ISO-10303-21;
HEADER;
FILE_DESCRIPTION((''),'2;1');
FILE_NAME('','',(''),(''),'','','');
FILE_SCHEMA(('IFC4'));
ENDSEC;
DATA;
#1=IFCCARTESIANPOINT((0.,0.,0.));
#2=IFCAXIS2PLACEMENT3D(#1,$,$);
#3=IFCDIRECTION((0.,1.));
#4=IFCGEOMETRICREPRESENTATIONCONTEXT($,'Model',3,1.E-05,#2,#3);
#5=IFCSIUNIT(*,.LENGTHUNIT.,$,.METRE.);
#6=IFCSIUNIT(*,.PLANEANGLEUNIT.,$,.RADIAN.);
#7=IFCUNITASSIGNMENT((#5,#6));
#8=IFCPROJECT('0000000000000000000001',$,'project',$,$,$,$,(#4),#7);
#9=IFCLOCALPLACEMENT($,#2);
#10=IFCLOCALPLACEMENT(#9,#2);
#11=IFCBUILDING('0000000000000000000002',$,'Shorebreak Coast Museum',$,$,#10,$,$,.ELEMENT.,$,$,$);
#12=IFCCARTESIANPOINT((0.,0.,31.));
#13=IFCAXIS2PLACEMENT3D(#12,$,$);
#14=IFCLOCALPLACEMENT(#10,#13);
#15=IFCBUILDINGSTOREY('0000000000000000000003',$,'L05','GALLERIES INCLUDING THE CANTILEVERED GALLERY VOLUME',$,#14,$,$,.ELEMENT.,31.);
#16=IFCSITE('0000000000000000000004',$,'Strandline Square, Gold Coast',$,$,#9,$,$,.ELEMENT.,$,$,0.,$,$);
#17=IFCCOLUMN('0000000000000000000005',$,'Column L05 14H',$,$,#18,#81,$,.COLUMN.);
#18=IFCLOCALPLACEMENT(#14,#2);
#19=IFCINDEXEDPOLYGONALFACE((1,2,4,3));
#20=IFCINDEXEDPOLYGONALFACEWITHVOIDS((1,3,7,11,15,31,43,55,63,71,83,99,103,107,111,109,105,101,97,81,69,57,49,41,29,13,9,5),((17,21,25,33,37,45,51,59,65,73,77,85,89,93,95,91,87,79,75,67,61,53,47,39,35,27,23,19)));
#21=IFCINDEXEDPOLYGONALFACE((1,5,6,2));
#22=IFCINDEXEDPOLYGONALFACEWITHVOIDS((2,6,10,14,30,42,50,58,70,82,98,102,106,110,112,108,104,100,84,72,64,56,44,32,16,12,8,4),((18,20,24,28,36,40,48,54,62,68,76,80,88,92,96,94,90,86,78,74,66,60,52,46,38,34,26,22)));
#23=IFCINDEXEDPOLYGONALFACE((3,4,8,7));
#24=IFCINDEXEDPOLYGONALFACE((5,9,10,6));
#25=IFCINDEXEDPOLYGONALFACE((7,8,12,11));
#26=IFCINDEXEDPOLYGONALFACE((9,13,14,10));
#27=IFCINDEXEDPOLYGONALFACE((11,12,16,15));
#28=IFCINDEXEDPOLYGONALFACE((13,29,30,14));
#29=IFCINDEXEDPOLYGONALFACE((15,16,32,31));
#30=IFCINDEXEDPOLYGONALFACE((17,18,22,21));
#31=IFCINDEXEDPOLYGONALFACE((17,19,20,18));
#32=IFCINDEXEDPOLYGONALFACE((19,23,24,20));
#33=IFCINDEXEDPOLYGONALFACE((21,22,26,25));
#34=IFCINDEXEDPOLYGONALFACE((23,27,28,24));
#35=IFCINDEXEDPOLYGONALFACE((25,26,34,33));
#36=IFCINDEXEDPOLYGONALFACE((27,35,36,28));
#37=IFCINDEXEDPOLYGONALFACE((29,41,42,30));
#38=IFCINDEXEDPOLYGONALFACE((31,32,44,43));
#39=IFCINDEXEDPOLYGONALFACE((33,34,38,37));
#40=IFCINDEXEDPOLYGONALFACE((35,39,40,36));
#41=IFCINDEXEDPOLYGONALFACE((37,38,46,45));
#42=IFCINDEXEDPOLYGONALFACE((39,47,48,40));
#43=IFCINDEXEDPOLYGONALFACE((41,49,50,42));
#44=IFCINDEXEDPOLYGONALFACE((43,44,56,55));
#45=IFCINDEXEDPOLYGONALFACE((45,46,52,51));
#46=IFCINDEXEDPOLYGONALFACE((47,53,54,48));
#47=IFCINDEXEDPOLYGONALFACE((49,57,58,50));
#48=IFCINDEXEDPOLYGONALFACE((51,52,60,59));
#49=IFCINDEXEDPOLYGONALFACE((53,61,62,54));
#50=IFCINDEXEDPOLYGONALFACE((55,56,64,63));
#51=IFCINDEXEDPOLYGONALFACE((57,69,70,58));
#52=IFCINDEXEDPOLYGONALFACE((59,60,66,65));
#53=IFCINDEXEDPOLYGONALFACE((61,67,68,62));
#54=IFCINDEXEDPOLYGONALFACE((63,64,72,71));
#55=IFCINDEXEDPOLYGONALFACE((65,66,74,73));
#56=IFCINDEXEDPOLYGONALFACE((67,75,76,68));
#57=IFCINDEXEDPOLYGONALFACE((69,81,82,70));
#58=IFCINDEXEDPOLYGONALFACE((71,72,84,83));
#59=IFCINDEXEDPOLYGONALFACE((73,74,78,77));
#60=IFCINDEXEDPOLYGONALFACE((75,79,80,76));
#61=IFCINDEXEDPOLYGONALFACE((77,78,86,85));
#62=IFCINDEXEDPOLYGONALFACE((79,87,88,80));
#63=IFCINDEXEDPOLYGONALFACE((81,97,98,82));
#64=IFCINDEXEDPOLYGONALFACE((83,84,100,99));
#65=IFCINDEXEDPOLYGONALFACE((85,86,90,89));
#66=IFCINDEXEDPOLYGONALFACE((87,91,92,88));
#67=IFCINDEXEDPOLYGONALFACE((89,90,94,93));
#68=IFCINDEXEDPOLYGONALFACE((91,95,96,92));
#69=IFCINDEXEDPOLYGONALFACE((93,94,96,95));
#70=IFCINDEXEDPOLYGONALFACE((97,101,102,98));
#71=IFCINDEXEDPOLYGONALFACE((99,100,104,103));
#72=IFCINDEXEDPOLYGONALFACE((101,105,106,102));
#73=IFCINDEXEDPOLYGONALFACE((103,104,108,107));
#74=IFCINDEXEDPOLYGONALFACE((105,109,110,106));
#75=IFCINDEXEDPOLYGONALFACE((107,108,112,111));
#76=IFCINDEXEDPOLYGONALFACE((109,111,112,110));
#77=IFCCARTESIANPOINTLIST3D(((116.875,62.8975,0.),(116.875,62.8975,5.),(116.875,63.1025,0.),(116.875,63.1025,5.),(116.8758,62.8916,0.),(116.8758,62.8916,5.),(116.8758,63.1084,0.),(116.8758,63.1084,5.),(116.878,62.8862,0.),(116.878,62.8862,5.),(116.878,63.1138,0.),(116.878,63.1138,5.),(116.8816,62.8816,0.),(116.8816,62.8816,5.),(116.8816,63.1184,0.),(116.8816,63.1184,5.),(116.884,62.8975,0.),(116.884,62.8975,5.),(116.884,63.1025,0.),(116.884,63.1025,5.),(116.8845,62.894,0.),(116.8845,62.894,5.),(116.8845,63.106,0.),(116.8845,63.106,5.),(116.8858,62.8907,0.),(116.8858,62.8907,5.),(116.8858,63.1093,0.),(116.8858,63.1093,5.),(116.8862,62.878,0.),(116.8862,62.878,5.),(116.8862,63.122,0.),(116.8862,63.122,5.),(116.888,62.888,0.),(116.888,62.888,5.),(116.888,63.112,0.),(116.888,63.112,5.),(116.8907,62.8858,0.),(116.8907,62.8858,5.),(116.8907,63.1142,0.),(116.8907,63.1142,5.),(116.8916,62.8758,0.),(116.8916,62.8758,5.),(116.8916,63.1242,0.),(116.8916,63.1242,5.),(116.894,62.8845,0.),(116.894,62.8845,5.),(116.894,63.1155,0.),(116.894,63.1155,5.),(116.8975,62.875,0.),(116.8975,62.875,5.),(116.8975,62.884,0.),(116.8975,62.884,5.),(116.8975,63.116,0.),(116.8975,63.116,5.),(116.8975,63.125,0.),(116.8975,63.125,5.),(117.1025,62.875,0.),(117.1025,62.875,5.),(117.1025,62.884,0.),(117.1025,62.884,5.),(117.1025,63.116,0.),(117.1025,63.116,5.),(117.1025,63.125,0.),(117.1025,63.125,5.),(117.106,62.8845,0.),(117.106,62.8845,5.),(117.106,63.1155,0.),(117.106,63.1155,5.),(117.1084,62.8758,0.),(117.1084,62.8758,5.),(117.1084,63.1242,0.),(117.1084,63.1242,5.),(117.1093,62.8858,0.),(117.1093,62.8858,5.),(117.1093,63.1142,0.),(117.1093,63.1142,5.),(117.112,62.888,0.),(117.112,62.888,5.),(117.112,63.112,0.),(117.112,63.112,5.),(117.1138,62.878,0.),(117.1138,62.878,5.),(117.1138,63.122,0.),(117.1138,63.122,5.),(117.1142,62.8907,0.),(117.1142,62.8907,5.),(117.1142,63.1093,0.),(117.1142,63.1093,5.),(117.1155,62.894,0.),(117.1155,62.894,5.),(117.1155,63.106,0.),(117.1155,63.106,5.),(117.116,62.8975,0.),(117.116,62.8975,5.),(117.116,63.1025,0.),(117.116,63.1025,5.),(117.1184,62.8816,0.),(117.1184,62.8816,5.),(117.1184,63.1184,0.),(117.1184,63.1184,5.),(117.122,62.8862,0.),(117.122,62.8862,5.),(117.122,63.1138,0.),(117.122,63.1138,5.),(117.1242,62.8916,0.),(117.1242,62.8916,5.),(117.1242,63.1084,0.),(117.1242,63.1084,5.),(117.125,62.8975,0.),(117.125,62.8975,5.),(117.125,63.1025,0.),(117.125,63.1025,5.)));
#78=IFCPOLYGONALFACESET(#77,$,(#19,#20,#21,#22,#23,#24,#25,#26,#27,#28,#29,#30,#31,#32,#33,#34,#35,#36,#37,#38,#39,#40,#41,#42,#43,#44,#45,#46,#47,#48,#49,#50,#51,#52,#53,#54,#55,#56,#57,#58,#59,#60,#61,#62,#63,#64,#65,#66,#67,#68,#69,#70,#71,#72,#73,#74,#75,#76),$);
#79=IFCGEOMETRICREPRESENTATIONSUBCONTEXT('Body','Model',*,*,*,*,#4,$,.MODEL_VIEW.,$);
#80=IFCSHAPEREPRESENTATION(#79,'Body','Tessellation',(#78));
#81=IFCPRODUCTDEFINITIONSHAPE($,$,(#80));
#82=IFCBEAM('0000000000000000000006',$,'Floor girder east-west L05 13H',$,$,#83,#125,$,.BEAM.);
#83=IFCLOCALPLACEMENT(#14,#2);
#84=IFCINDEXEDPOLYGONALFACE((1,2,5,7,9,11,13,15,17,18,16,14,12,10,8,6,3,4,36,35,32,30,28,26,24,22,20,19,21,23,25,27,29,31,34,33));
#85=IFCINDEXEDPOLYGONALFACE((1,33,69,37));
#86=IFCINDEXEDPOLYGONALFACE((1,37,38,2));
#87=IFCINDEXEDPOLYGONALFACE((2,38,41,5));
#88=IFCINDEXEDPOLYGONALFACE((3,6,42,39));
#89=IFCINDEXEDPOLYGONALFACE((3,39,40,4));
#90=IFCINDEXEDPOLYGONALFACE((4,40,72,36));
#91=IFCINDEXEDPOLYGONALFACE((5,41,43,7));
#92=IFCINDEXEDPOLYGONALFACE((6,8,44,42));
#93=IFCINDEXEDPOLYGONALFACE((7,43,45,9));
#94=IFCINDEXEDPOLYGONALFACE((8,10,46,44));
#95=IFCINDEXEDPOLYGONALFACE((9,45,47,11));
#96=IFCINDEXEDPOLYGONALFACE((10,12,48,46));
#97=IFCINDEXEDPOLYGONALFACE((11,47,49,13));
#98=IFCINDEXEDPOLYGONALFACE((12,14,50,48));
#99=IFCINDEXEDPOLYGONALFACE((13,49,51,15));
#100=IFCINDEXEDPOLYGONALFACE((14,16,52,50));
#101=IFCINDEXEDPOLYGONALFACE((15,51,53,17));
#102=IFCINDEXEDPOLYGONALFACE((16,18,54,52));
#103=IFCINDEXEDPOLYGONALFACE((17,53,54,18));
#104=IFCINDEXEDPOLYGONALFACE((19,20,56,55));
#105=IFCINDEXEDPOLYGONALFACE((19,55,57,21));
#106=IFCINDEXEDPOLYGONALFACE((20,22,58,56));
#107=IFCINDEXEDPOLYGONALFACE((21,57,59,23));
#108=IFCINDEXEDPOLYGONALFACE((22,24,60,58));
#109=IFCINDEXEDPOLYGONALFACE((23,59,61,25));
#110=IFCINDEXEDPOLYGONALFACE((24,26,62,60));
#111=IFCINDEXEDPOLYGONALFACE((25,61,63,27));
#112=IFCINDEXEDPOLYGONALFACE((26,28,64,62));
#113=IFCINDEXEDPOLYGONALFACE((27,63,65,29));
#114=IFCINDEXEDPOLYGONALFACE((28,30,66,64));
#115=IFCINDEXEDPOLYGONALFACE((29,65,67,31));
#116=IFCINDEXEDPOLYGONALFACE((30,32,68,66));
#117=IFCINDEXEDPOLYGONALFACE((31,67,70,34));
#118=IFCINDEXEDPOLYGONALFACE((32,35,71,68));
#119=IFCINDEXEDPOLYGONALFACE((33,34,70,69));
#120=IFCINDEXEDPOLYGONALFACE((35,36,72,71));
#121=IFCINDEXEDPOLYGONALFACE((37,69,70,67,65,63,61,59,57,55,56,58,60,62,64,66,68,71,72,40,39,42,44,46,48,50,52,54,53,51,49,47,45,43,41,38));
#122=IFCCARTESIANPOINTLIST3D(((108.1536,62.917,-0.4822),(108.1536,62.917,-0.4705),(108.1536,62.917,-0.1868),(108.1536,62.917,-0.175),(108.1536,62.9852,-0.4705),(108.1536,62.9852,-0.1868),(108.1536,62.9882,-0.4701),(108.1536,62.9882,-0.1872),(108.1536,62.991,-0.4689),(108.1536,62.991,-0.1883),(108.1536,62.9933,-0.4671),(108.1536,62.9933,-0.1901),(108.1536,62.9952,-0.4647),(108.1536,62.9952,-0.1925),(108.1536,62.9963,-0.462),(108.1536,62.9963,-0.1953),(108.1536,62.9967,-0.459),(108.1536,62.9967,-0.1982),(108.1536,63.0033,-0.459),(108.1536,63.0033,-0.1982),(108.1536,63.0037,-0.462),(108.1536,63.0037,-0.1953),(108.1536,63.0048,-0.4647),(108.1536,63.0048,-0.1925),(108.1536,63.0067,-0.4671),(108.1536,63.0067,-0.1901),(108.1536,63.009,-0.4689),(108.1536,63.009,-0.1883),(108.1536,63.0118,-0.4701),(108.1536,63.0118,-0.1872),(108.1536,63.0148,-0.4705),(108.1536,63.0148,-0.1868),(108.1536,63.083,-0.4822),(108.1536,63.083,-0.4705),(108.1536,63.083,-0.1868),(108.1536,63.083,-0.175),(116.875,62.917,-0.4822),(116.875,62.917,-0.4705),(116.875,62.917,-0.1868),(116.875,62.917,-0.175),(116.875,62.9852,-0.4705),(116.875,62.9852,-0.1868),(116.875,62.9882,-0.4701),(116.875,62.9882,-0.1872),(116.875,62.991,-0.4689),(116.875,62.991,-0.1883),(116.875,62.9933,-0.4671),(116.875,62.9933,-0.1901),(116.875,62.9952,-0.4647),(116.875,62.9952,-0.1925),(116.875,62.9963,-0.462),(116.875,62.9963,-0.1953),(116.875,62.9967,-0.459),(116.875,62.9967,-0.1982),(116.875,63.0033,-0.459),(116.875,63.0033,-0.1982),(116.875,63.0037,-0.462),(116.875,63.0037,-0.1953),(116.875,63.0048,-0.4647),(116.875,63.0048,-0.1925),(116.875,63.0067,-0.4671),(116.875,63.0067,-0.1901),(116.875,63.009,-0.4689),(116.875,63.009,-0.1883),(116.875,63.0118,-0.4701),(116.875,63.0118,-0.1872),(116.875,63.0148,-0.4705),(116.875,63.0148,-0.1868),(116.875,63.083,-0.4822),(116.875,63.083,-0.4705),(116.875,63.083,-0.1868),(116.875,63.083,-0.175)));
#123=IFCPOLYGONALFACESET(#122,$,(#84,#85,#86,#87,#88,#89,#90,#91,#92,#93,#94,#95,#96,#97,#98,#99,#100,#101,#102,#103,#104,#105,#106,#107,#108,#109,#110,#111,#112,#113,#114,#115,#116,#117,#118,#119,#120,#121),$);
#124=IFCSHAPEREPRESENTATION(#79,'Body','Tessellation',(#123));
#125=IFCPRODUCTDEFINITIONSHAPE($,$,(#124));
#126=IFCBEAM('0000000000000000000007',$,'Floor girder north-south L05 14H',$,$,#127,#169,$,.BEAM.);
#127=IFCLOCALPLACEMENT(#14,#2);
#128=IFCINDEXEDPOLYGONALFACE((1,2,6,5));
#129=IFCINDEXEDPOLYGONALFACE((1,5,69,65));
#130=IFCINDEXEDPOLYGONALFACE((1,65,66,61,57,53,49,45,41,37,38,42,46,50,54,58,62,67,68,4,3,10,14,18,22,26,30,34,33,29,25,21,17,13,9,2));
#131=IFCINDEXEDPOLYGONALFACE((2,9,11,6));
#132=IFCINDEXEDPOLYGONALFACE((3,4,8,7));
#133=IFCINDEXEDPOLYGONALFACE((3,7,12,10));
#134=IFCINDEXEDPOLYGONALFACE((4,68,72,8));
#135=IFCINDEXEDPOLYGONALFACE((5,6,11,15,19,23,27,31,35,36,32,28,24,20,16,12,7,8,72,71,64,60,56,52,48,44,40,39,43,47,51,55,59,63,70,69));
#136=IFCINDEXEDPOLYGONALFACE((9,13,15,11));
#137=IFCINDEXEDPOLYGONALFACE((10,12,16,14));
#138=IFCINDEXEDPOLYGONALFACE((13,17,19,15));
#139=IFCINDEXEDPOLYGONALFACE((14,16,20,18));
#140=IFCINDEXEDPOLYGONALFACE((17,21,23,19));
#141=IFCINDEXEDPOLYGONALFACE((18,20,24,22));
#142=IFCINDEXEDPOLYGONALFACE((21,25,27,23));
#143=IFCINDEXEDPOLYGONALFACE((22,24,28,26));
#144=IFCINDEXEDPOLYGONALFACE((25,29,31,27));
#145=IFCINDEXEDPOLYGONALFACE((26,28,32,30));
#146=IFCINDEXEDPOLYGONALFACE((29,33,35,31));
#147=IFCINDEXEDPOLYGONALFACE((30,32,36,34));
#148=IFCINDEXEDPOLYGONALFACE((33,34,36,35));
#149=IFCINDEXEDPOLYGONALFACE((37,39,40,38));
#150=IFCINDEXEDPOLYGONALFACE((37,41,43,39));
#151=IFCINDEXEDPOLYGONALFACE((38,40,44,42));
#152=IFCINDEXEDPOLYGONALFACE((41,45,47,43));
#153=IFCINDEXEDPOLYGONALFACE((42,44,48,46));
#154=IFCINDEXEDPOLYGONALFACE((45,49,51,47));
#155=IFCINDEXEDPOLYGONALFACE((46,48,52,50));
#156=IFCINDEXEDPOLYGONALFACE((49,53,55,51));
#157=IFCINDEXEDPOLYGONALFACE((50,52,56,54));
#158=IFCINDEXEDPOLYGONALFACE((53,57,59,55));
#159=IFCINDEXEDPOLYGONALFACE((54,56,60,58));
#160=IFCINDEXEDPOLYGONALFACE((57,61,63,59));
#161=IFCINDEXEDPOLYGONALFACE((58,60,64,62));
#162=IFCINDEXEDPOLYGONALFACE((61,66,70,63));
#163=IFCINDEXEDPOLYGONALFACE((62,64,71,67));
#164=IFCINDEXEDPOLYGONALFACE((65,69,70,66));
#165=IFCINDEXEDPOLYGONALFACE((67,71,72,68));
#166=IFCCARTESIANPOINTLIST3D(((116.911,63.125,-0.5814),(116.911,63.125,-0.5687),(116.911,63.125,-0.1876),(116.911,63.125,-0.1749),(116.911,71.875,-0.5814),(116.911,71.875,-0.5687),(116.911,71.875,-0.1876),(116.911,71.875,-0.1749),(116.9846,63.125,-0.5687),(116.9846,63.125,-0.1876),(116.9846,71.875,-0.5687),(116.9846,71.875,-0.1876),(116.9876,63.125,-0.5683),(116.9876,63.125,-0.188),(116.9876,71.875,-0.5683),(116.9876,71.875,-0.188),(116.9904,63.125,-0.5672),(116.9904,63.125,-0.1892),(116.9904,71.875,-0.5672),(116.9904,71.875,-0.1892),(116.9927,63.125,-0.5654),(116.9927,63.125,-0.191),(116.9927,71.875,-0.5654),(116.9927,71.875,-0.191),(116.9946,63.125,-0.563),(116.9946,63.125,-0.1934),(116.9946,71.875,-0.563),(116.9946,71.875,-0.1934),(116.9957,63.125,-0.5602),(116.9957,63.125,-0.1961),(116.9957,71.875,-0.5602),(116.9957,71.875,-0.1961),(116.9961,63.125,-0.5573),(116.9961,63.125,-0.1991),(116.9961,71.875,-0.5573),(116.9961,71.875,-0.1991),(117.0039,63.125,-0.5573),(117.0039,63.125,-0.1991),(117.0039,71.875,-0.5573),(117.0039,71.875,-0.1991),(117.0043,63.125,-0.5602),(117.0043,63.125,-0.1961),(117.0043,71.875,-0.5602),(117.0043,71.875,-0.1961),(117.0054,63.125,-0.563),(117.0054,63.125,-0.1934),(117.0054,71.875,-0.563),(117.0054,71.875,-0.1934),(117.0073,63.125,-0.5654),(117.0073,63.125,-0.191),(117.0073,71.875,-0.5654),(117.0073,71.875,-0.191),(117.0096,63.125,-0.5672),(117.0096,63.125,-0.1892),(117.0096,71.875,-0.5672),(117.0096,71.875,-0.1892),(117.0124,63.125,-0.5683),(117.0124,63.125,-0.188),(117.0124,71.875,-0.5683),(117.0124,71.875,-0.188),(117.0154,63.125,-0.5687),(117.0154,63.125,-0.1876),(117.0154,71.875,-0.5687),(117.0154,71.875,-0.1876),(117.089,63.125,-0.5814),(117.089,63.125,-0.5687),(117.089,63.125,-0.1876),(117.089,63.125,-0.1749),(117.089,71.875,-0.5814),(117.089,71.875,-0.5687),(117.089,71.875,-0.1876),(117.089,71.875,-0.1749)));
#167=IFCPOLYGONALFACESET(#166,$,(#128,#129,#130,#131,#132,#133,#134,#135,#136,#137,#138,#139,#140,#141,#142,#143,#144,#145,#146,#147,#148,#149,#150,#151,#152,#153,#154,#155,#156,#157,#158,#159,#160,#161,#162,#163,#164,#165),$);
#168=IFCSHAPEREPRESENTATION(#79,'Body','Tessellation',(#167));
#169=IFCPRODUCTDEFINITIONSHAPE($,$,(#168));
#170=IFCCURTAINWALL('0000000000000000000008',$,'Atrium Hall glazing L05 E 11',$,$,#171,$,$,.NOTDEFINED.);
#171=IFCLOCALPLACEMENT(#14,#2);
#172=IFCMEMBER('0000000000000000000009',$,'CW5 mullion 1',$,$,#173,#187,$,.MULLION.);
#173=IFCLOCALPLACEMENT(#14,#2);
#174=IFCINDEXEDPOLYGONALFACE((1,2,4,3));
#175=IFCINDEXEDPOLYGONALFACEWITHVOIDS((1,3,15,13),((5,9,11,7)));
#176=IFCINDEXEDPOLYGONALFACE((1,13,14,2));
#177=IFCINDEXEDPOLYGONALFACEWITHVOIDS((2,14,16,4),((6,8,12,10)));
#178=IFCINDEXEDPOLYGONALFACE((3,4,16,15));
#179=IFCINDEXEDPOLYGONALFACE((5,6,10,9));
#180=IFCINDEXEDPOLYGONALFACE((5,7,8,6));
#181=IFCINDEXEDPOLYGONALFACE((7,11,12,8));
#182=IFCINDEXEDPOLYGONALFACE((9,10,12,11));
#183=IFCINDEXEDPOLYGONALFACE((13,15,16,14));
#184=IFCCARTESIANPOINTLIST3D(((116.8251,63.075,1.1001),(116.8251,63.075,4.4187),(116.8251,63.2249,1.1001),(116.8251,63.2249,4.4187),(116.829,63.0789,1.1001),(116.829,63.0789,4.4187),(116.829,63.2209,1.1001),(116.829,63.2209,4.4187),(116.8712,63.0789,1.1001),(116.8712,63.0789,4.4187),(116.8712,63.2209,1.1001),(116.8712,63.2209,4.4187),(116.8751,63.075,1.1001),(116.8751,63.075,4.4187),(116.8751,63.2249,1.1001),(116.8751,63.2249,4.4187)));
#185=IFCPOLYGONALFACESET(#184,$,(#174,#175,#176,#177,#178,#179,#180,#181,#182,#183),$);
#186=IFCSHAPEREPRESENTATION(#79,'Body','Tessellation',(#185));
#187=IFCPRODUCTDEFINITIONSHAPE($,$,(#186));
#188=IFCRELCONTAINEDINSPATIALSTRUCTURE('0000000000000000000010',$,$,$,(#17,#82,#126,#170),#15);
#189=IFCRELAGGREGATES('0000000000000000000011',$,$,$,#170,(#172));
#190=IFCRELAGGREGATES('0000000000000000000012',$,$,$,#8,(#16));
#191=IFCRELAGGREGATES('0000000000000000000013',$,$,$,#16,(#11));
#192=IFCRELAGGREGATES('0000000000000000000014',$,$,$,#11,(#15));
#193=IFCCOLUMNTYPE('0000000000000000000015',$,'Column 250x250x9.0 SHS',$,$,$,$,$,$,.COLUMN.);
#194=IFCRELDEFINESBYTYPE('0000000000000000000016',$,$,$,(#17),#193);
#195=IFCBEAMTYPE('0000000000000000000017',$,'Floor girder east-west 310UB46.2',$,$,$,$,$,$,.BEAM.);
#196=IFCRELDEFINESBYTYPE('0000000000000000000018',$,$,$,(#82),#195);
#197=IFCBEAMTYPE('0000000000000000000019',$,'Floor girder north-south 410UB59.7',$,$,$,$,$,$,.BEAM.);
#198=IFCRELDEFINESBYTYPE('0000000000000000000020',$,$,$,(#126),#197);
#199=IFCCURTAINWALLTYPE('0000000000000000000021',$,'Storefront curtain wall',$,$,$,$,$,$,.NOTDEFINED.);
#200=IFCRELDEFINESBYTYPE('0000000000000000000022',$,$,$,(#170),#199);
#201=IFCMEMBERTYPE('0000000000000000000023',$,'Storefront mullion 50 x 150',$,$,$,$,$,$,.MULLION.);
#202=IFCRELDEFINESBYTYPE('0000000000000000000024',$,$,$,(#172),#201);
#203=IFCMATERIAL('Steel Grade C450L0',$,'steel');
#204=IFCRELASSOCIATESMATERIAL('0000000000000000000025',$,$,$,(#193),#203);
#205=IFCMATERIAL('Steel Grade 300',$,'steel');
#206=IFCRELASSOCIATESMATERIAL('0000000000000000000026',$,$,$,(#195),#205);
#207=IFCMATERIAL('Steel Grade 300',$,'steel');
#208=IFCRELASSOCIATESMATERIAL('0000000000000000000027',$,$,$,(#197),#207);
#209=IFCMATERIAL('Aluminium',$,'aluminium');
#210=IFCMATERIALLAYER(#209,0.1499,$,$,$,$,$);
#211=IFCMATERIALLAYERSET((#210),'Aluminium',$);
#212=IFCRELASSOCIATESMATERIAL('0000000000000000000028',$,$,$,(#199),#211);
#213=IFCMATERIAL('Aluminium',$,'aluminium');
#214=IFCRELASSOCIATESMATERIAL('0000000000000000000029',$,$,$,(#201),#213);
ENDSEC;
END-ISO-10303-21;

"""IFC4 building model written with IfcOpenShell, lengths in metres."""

from ifc_helpers import new_model, si_unit, direction, frame, origin, origin_2d, place, context, subcontext, project, spatial, hollow_rectangle, i_section, extrude, material, layer, layer_set, material_profile, profile_set, type_object, element, aggregate, save


model = new_model("IFC4")

# Units and contexts
model_context = context("Model", 3, precision=1e-05, world=origin(), true_north=direction((0.0, 1.0)))
body_context = subcontext(model_context, "Body", "Model", "MODEL_VIEW")
ifc_project = project(units=[si_unit("LENGTHUNIT", "METRE"), si_unit("PLANEANGLEUNIT", "RADIAN")], contexts=[model_context])

# Site, building, storey
site_placement = place(None, origin())
site = spatial("IfcSite", under=ifc_project, at=site_placement, Name="Strandline Square, Gold Coast", CompositionType="ELEMENT", RefElevation=0.0)
building_placement = place(site_placement, origin())
building = spatial("IfcBuilding", under=site, at=building_placement, Name="Shorebreak Coast Museum", CompositionType="ELEMENT")
storey_placement = place(building_placement, frame((0.0, 0.0, 31.0)))
storey = spatial("IfcBuildingStorey", under=building, at=storey_placement, Name="L05", Description="GALLERIES INCLUDING THE CANTILEVERED GALLERY VOLUME", CompositionType="ELEMENT", Elevation=31.0)

# Column
ifc_material_1 = material(Name="Steel Grade C450L0", Category="steel")
ifc_material_profile_1 = material_profile(ifc_material_1, hollow_rectangle(XDim=0.25, YDim=0.25, WallThickness=0.009, InnerFilletRadius=0.0134, OuterFilletRadius=0.0225, at=origin_2d()), Name="250x250x9.0 SHS")
ifc_profile_set_1 = profile_set([ifc_material_profile_1], Name="Steel Grade C450L0")
column_type = type_object("IfcColumnType", Name="Column 250x250x9.0 SHS", PredefinedType="COLUMN", material=ifc_profile_set_1)
column_placement = place(storey_placement, frame((117.0, 63.0, 0.0), z_axis=(0.0, 0.0, 1.0), x_axis=(1.0, 0.0, 0.0)))
element("IfcColumn", 1, at=column_placement, inside=storey, type_object=column_type, Name="Column L05 14H", PredefinedType="COLUMN", context=body_context, shape_type="SweptSolid", body=[
    extrude(hollow_rectangle(XDim=0.25, YDim=0.25, WallThickness=0.009, InnerFilletRadius=0.0134, OuterFilletRadius=0.0225, at=origin_2d()), origin(), (0.0, 0.0, 1.0), 5.0),
])

# Beams
ifc_material_2 = material(Name="Steel Grade 300", Category="steel")
ifc_material_profile_2 = material_profile(ifc_material_2, i_section(OverallWidth=0.166, OverallDepth=0.3071, WebThickness=0.0066, FlangeThickness=0.0117, FilletRadius=0.0115, at=origin_2d()), Name="310UB46.2")
ifc_profile_set_2 = profile_set([ifc_material_profile_2], Name="Steel Grade 300")
beam_type_1 = type_object("IfcBeamType", Name="Floor girder east-west 310UB46.2", PredefinedType="BEAM", material=ifc_profile_set_2)
beam_1_placement = place(storey_placement, frame((108.1536, 63.0, -0.3286), z_axis=(1.0, 0.0, 0.0), x_axis=(0.0, 1.0, 0.0)))
element("IfcBeam", 2, at=beam_1_placement, inside=storey, type_object=beam_type_1, Name="Floor girder east-west L05 13H", PredefinedType="BEAM", context=body_context, shape_type="SweptSolid", body=[
    extrude(i_section(OverallWidth=0.166, OverallDepth=0.3071, WebThickness=0.0066, FlangeThickness=0.0117, FilletRadius=0.0115, at=origin_2d()), origin(), (0.0, 0.0, 1.0), 8.7214),
])
ifc_material_3 = material(Name="Steel Grade 300", Category="steel")
ifc_material_profile_3 = material_profile(ifc_material_3, i_section(OverallWidth=0.178, OverallDepth=0.4065, WebThickness=0.0078, FlangeThickness=0.0127, FilletRadius=0.0115, at=origin_2d()), Name="410UB59.7")
ifc_profile_set_3 = profile_set([ifc_material_profile_3], Name="Steel Grade 300")
beam_type_2 = type_object("IfcBeamType", Name="Floor girder north-south 410UB59.7", PredefinedType="BEAM", material=ifc_profile_set_3)
beam_2_placement = place(storey_placement, frame((117.0, 63.125, -0.3782), z_axis=(0.0, 1.0, 0.0), x_axis=(-1.0, 0.0, 0.0)))
element("IfcBeam", 3, at=beam_2_placement, inside=storey, type_object=beam_type_2, Name="Floor girder north-south L05 14H", PredefinedType="BEAM", context=body_context, shape_type="SweptSolid", body=[
    extrude(i_section(OverallWidth=0.178, OverallDepth=0.4065, WebThickness=0.0078, FlangeThickness=0.0127, FilletRadius=0.0115, at=origin_2d()), origin(), (0.0, 0.0, 1.0), 8.75),
])

# Curtain wall, member
ifc_material_4 = material(Name="Aluminium", Category="aluminium")
ifc_layer_1 = layer(ifc_material_4, 0.1499)
ifc_layer_set_1 = layer_set([ifc_layer_1], Name="Aluminium")
curtain_wall_type = type_object("IfcCurtainWallType", Name="Storefront curtain wall", PredefinedType="NOTDEFINED", material=ifc_layer_set_1)
curtain_wall_placement = place(storey_placement, origin())
curtain_wall = element("IfcCurtainWall", 4, at=curtain_wall_placement, inside=storey, type_object=curtain_wall_type, Name="Atrium Hall glazing L05 E 11", PredefinedType="NOTDEFINED")
ifc_material_5 = material(Name="Aluminium", Category="aluminium")
ifc_material_profile_4 = material_profile(ifc_material_5, hollow_rectangle(XDim=0.05, YDim=0.1499, WallThickness=0.0039, at=origin_2d()), Name="AL 150x50 RHS")
ifc_profile_set_4 = profile_set([ifc_material_profile_4], Name="Aluminium")
member_type_1 = type_object("IfcMemberType", Name="Storefront mullion 50 x 150", PredefinedType="MULLION", material=ifc_profile_set_4)
member_1_placement = place(storey_placement, frame((116.8501, 63.1499, 1.1001), z_axis=(0.0, 0.0, 1.0), x_axis=(-1.0, 0.0, 0.0)))
member_1 = element("IfcMember", 5, at=member_1_placement, type_object=member_type_1, Name="CW5 mullion 1", PredefinedType="MULLION", context=body_context, shape_type="SweptSolid", body=[
    extrude(hollow_rectangle(XDim=0.05, YDim=0.1499, WallThickness=0.0039, at=origin_2d()), origin(), (0.0, 0.0, 1.0), 3.3186),
])

aggregate(curtain_wall, [member_1])

save(model, "model.ifc")
